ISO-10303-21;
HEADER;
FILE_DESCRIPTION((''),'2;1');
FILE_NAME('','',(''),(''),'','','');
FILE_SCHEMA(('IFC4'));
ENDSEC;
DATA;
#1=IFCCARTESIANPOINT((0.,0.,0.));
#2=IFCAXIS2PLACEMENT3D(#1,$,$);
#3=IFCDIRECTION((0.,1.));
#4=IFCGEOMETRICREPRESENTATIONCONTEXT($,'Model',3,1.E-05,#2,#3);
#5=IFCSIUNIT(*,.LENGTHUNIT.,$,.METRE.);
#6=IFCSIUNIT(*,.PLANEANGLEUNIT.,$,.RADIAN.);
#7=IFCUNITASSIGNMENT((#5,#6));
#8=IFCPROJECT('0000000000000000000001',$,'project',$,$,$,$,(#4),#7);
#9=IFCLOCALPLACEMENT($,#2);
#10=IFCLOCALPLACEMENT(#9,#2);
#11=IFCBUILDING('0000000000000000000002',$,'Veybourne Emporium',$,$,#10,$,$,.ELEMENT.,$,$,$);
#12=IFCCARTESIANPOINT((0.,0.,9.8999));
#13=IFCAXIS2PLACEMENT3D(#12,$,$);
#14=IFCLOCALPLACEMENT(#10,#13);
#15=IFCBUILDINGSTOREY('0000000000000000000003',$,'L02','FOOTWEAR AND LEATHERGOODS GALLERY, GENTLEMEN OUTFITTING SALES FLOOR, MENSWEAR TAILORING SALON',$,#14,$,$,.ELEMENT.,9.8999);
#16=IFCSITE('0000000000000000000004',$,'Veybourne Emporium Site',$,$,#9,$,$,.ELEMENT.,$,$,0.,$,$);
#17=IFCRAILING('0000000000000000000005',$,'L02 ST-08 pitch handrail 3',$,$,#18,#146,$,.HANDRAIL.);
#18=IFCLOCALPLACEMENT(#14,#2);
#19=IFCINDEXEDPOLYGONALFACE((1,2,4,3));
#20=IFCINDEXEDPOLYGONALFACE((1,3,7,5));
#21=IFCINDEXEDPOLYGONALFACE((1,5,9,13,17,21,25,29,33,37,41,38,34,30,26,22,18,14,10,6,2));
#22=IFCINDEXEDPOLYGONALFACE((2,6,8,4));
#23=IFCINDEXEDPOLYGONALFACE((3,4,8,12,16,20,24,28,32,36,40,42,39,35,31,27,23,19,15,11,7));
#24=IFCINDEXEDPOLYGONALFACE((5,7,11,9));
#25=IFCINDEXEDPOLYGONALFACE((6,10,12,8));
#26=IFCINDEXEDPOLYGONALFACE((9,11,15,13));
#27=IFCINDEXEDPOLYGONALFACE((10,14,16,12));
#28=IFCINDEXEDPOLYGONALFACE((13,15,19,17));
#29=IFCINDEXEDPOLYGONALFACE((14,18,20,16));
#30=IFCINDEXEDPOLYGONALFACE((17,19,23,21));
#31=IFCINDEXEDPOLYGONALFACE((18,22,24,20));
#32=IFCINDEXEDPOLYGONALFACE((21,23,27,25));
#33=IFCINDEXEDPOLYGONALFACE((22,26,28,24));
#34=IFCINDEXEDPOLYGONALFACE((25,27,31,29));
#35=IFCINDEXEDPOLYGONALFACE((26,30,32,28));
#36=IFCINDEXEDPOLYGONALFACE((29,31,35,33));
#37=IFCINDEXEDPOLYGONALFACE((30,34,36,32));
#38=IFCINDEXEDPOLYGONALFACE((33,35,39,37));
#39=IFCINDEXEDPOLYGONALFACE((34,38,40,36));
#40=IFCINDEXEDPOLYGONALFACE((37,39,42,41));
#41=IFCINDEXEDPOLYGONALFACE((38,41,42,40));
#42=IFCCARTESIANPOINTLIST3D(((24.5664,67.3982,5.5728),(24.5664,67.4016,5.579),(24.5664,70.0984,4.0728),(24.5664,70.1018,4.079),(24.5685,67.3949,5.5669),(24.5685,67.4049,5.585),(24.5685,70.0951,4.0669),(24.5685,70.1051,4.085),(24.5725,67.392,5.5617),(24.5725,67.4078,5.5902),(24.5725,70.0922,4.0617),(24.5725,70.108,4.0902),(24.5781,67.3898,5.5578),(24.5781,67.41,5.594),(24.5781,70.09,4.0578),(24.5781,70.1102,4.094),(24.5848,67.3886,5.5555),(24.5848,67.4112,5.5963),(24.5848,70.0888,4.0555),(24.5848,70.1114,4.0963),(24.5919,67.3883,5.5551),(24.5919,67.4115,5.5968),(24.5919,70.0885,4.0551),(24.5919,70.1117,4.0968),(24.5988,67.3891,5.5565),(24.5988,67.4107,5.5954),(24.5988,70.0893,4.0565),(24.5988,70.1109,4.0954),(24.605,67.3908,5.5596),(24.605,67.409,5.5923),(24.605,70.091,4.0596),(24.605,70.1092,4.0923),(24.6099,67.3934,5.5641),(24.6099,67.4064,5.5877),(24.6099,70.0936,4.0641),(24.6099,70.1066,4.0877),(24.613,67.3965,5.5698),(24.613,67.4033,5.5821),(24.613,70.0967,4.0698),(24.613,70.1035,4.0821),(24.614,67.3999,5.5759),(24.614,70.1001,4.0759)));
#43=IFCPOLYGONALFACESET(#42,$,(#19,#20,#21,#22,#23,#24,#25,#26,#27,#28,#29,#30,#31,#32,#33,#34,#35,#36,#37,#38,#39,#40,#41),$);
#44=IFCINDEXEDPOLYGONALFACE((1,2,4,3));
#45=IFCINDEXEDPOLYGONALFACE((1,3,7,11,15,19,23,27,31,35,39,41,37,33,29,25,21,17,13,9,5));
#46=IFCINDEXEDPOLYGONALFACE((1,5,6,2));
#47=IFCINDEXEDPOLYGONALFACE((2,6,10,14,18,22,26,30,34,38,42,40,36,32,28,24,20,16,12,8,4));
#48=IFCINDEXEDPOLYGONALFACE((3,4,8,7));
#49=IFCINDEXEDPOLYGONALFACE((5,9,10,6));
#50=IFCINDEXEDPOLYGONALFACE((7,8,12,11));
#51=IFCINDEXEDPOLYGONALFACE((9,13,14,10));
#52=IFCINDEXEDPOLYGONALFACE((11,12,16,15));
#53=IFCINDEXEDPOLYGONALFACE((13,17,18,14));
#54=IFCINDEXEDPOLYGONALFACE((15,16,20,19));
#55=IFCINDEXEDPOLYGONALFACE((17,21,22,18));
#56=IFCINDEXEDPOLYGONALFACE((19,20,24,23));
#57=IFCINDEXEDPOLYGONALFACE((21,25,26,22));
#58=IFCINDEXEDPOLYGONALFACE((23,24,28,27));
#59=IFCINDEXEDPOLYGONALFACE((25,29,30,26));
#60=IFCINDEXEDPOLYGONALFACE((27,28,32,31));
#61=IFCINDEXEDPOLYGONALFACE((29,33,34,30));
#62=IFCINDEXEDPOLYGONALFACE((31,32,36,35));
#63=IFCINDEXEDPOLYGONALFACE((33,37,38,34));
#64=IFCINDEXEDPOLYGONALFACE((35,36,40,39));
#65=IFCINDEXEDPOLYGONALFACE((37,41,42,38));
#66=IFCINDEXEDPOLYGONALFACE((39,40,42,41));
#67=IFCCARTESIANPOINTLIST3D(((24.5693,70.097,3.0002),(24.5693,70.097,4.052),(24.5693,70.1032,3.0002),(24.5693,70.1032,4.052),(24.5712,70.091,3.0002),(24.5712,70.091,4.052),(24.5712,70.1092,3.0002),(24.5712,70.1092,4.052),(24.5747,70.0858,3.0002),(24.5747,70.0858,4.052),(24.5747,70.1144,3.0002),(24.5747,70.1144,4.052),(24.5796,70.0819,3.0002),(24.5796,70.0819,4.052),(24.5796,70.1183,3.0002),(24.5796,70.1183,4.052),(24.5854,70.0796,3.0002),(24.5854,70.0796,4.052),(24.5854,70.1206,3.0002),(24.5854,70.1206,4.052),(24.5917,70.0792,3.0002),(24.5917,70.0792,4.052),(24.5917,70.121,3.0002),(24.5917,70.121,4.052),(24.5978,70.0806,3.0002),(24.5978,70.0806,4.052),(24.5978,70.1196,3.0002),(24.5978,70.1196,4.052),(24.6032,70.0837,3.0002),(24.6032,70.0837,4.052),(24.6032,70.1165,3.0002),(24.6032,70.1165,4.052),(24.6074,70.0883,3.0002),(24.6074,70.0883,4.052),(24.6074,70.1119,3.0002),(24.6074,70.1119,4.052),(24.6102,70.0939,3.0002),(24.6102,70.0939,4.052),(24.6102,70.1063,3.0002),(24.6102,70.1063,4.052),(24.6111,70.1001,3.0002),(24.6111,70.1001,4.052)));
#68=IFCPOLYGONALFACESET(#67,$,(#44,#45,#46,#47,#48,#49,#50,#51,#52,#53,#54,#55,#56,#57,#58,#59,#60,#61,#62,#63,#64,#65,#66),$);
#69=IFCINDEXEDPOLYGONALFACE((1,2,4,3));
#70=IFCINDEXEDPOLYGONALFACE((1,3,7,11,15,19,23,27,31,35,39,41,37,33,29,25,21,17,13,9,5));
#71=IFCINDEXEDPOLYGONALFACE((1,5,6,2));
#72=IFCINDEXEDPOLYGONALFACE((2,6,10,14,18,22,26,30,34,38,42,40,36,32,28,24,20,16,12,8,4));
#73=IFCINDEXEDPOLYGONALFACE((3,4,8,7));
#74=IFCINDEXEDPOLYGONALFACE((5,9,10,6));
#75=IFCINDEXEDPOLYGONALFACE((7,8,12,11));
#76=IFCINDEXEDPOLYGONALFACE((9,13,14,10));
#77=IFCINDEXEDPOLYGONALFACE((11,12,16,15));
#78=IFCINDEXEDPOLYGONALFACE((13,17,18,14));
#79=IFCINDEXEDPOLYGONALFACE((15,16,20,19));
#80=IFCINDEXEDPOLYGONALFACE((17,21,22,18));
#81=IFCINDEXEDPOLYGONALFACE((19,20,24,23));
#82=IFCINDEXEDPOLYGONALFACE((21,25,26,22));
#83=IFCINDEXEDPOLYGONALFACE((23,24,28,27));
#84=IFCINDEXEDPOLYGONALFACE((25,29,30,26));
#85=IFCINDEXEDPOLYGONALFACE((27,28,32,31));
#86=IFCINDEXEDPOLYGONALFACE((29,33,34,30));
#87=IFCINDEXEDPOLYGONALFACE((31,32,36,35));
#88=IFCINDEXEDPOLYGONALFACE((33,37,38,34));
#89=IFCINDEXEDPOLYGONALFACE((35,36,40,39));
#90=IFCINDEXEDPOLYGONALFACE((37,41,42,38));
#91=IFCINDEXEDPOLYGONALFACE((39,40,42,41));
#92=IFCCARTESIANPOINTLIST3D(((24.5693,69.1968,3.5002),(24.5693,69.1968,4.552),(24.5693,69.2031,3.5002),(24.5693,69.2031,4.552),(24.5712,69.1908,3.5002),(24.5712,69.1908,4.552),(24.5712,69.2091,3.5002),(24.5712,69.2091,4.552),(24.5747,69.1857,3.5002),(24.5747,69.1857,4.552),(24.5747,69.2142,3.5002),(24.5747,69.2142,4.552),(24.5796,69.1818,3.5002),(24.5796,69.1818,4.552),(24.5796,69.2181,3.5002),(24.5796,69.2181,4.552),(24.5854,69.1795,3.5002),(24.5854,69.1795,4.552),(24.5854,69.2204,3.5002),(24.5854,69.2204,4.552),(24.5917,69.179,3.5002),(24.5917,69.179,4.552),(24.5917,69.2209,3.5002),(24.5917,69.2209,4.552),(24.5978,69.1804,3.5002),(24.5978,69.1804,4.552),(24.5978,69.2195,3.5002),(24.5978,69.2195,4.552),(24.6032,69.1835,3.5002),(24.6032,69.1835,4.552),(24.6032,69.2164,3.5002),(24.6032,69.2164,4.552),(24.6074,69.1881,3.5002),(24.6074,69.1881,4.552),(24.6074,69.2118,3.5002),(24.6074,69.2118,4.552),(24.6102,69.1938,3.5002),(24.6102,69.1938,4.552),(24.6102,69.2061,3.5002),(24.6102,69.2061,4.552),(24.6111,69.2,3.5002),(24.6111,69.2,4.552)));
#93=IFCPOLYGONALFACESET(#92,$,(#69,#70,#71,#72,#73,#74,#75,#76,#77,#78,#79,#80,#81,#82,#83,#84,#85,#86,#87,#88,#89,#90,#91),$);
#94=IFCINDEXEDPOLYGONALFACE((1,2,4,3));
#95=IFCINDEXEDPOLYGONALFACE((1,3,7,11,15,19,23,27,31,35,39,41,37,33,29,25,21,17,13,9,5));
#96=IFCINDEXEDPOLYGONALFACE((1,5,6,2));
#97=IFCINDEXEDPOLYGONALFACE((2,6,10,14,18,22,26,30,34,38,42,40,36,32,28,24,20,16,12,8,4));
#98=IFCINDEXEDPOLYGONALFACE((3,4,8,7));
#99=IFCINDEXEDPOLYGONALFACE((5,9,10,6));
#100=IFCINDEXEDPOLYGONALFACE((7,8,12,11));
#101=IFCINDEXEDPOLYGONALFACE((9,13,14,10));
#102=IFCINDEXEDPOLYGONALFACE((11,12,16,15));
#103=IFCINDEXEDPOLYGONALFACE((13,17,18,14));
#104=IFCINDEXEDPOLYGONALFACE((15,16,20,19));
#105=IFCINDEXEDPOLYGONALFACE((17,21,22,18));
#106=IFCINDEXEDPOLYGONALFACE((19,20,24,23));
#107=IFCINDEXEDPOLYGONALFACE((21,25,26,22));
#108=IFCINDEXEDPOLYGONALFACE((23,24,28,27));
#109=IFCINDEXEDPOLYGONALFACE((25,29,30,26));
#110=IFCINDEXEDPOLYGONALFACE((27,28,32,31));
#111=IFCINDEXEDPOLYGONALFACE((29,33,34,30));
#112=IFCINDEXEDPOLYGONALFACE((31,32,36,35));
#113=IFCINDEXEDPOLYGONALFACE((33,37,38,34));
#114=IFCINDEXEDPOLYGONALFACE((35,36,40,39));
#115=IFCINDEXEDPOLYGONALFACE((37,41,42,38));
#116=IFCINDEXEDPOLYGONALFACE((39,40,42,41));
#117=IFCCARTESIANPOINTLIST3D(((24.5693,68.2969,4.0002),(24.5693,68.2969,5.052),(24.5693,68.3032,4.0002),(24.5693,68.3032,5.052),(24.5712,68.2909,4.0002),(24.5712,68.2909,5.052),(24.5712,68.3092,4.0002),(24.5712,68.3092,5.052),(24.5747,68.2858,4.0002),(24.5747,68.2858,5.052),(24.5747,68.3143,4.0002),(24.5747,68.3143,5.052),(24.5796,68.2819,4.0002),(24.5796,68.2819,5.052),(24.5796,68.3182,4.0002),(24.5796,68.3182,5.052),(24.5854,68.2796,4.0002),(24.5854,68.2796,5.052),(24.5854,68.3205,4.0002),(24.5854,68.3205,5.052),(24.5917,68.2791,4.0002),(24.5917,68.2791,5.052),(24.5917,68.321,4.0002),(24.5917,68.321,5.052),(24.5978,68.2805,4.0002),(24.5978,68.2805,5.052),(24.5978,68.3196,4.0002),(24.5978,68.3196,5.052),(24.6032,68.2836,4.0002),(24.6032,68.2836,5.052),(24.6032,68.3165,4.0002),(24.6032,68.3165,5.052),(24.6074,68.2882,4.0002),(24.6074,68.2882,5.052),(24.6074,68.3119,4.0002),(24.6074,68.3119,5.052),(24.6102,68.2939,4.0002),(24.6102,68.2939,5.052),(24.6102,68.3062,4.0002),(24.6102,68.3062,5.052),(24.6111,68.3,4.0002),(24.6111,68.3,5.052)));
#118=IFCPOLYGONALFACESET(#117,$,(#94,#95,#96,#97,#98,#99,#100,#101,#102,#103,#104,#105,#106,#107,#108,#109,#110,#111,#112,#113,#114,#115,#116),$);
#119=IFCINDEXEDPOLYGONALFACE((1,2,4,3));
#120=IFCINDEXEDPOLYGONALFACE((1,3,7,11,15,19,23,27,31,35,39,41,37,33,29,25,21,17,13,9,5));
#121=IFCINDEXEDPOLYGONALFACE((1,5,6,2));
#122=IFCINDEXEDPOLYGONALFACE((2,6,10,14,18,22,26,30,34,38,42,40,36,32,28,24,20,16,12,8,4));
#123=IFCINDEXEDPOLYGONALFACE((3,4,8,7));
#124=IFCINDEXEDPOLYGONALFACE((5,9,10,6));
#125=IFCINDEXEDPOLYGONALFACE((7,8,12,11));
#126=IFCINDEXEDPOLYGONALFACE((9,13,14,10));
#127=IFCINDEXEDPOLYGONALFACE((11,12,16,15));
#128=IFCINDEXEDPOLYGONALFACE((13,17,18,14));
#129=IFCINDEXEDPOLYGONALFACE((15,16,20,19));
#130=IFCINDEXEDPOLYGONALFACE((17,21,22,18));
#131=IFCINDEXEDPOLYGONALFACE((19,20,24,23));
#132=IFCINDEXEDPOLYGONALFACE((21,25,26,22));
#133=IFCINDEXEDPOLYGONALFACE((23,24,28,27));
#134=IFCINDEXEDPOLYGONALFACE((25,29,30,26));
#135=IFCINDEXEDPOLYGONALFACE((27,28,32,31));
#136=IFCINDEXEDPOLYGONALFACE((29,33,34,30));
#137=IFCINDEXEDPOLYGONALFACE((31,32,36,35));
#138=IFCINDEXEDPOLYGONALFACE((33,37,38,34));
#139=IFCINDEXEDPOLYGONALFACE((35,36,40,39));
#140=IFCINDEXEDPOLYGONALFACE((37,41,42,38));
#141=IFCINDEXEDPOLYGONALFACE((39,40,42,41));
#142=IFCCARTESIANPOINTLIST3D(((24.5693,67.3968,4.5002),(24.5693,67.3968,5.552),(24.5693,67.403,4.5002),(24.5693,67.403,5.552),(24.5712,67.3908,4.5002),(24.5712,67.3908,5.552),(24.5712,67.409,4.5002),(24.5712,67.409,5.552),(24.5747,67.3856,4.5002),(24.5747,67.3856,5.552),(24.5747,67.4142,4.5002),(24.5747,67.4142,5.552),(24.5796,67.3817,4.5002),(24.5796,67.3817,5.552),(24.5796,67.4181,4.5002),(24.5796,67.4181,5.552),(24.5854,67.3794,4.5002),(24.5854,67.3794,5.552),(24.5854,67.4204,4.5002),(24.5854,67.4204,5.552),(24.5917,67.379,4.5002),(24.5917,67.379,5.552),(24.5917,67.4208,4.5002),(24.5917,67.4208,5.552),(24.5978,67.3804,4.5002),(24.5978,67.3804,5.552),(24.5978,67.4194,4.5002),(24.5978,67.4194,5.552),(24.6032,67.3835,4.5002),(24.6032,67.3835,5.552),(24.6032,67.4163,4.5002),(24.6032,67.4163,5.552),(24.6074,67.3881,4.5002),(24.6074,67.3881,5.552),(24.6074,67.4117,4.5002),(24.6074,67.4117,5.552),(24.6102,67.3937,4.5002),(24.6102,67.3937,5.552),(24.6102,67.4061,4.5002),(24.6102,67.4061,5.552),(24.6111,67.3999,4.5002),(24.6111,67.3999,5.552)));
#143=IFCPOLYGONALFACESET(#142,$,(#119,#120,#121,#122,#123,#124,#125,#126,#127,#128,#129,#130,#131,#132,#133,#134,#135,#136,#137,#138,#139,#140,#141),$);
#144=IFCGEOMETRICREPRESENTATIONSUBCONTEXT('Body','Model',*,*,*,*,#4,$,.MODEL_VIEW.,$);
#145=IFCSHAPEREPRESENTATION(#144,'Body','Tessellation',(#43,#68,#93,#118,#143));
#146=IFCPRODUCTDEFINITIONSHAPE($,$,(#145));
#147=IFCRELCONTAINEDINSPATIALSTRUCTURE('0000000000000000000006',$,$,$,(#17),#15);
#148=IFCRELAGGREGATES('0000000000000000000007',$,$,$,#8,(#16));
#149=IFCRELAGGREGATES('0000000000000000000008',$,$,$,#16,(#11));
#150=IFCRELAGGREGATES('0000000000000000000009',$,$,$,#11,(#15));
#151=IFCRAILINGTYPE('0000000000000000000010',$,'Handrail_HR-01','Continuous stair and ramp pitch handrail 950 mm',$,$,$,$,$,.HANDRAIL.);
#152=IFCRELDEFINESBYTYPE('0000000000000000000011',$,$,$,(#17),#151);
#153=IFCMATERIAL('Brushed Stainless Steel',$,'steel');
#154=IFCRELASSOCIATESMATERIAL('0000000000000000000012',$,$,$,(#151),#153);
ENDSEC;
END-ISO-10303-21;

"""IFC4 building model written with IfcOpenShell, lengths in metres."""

from ifc_helpers import new_model, si_unit, direction, frame, origin, origin_2d, place, context, subcontext, project, spatial, circle, extrude, material, type_object, element, save


model = new_model("IFC4")

# Units and contexts
model_context = context("Model", 3, precision=1e-05, world=origin(), true_north=direction((0.0, 1.0)))
body_context = subcontext(model_context, "Body", "Model", "MODEL_VIEW")
ifc_project = project(units=[si_unit("LENGTHUNIT", "METRE"), si_unit("PLANEANGLEUNIT", "RADIAN")], contexts=[model_context])

# Site, building, storey
site_placement = place(None, origin())
site = spatial("IfcSite", under=ifc_project, at=site_placement, Name="Veybourne Emporium Site", CompositionType="ELEMENT", RefElevation=0.0)
building_placement = place(site_placement, origin())
building = spatial("IfcBuilding", under=site, at=building_placement, Name="Veybourne Emporium", CompositionType="ELEMENT")
storey_placement = place(building_placement, frame((0.0, 0.0, 9.8999)))
storey = spatial("IfcBuildingStorey", under=building, at=storey_placement, Name="L02", Description="FOOTWEAR AND LEATHERGOODS GALLERY, GENTLEMEN OUTFITTING SALES FLOOR, MENSWEAR TAILORING SALON", CompositionType="ELEMENT", Elevation=9.8999)

# Railing
ifc_material_1 = material(Name="Brushed Stainless Steel", Category="steel")
railing_type_1 = type_object("IfcRailingType", Name="Handrail_HR-01", Description="Continuous stair and ramp pitch handrail 950 mm", PredefinedType="HANDRAIL", material=ifc_material_1)
railing_1_placement = place(storey_placement, frame((24.5901, 70.1001, 3.1501)))
element("IfcRailing", 1, at=railing_1_placement, inside=storey, type_object=railing_type_1, Name="L02 ST-08 pitch handrail 3", PredefinedType="HANDRAIL", context=body_context, shape_type="SweptSolid", body=[
    extrude(circle(Radius=0.0239, at=origin_2d()), frame((0.0, 0.0, 0.9258), z_axis=(0.0, -0.874172, 0.485616), x_axis=(1.0, 0.0, 0.0)), (0.0, 0.0, 1.0), 3.0889),
    extrude(circle(Radius=0.021, at=origin_2d()), frame((0.0, 0.0, -0.1499)), (0.0, 0.0, 1.0), 1.0518),
    extrude(circle(Radius=0.021, at=origin_2d()), frame((0.0, -0.9001, 0.3501)), (0.0, 0.0, 1.0), 1.0518),
    extrude(circle(Radius=0.021, at=origin_2d()), frame((0.0, -1.8, 0.8501)), (0.0, 0.0, 1.0), 1.0518),
    extrude(circle(Radius=0.021, at=origin_2d()), frame((0.0, -2.7002, 1.3501)), (0.0, 0.0, 1.0), 1.0518),
])

save(model, "model.ifc")
